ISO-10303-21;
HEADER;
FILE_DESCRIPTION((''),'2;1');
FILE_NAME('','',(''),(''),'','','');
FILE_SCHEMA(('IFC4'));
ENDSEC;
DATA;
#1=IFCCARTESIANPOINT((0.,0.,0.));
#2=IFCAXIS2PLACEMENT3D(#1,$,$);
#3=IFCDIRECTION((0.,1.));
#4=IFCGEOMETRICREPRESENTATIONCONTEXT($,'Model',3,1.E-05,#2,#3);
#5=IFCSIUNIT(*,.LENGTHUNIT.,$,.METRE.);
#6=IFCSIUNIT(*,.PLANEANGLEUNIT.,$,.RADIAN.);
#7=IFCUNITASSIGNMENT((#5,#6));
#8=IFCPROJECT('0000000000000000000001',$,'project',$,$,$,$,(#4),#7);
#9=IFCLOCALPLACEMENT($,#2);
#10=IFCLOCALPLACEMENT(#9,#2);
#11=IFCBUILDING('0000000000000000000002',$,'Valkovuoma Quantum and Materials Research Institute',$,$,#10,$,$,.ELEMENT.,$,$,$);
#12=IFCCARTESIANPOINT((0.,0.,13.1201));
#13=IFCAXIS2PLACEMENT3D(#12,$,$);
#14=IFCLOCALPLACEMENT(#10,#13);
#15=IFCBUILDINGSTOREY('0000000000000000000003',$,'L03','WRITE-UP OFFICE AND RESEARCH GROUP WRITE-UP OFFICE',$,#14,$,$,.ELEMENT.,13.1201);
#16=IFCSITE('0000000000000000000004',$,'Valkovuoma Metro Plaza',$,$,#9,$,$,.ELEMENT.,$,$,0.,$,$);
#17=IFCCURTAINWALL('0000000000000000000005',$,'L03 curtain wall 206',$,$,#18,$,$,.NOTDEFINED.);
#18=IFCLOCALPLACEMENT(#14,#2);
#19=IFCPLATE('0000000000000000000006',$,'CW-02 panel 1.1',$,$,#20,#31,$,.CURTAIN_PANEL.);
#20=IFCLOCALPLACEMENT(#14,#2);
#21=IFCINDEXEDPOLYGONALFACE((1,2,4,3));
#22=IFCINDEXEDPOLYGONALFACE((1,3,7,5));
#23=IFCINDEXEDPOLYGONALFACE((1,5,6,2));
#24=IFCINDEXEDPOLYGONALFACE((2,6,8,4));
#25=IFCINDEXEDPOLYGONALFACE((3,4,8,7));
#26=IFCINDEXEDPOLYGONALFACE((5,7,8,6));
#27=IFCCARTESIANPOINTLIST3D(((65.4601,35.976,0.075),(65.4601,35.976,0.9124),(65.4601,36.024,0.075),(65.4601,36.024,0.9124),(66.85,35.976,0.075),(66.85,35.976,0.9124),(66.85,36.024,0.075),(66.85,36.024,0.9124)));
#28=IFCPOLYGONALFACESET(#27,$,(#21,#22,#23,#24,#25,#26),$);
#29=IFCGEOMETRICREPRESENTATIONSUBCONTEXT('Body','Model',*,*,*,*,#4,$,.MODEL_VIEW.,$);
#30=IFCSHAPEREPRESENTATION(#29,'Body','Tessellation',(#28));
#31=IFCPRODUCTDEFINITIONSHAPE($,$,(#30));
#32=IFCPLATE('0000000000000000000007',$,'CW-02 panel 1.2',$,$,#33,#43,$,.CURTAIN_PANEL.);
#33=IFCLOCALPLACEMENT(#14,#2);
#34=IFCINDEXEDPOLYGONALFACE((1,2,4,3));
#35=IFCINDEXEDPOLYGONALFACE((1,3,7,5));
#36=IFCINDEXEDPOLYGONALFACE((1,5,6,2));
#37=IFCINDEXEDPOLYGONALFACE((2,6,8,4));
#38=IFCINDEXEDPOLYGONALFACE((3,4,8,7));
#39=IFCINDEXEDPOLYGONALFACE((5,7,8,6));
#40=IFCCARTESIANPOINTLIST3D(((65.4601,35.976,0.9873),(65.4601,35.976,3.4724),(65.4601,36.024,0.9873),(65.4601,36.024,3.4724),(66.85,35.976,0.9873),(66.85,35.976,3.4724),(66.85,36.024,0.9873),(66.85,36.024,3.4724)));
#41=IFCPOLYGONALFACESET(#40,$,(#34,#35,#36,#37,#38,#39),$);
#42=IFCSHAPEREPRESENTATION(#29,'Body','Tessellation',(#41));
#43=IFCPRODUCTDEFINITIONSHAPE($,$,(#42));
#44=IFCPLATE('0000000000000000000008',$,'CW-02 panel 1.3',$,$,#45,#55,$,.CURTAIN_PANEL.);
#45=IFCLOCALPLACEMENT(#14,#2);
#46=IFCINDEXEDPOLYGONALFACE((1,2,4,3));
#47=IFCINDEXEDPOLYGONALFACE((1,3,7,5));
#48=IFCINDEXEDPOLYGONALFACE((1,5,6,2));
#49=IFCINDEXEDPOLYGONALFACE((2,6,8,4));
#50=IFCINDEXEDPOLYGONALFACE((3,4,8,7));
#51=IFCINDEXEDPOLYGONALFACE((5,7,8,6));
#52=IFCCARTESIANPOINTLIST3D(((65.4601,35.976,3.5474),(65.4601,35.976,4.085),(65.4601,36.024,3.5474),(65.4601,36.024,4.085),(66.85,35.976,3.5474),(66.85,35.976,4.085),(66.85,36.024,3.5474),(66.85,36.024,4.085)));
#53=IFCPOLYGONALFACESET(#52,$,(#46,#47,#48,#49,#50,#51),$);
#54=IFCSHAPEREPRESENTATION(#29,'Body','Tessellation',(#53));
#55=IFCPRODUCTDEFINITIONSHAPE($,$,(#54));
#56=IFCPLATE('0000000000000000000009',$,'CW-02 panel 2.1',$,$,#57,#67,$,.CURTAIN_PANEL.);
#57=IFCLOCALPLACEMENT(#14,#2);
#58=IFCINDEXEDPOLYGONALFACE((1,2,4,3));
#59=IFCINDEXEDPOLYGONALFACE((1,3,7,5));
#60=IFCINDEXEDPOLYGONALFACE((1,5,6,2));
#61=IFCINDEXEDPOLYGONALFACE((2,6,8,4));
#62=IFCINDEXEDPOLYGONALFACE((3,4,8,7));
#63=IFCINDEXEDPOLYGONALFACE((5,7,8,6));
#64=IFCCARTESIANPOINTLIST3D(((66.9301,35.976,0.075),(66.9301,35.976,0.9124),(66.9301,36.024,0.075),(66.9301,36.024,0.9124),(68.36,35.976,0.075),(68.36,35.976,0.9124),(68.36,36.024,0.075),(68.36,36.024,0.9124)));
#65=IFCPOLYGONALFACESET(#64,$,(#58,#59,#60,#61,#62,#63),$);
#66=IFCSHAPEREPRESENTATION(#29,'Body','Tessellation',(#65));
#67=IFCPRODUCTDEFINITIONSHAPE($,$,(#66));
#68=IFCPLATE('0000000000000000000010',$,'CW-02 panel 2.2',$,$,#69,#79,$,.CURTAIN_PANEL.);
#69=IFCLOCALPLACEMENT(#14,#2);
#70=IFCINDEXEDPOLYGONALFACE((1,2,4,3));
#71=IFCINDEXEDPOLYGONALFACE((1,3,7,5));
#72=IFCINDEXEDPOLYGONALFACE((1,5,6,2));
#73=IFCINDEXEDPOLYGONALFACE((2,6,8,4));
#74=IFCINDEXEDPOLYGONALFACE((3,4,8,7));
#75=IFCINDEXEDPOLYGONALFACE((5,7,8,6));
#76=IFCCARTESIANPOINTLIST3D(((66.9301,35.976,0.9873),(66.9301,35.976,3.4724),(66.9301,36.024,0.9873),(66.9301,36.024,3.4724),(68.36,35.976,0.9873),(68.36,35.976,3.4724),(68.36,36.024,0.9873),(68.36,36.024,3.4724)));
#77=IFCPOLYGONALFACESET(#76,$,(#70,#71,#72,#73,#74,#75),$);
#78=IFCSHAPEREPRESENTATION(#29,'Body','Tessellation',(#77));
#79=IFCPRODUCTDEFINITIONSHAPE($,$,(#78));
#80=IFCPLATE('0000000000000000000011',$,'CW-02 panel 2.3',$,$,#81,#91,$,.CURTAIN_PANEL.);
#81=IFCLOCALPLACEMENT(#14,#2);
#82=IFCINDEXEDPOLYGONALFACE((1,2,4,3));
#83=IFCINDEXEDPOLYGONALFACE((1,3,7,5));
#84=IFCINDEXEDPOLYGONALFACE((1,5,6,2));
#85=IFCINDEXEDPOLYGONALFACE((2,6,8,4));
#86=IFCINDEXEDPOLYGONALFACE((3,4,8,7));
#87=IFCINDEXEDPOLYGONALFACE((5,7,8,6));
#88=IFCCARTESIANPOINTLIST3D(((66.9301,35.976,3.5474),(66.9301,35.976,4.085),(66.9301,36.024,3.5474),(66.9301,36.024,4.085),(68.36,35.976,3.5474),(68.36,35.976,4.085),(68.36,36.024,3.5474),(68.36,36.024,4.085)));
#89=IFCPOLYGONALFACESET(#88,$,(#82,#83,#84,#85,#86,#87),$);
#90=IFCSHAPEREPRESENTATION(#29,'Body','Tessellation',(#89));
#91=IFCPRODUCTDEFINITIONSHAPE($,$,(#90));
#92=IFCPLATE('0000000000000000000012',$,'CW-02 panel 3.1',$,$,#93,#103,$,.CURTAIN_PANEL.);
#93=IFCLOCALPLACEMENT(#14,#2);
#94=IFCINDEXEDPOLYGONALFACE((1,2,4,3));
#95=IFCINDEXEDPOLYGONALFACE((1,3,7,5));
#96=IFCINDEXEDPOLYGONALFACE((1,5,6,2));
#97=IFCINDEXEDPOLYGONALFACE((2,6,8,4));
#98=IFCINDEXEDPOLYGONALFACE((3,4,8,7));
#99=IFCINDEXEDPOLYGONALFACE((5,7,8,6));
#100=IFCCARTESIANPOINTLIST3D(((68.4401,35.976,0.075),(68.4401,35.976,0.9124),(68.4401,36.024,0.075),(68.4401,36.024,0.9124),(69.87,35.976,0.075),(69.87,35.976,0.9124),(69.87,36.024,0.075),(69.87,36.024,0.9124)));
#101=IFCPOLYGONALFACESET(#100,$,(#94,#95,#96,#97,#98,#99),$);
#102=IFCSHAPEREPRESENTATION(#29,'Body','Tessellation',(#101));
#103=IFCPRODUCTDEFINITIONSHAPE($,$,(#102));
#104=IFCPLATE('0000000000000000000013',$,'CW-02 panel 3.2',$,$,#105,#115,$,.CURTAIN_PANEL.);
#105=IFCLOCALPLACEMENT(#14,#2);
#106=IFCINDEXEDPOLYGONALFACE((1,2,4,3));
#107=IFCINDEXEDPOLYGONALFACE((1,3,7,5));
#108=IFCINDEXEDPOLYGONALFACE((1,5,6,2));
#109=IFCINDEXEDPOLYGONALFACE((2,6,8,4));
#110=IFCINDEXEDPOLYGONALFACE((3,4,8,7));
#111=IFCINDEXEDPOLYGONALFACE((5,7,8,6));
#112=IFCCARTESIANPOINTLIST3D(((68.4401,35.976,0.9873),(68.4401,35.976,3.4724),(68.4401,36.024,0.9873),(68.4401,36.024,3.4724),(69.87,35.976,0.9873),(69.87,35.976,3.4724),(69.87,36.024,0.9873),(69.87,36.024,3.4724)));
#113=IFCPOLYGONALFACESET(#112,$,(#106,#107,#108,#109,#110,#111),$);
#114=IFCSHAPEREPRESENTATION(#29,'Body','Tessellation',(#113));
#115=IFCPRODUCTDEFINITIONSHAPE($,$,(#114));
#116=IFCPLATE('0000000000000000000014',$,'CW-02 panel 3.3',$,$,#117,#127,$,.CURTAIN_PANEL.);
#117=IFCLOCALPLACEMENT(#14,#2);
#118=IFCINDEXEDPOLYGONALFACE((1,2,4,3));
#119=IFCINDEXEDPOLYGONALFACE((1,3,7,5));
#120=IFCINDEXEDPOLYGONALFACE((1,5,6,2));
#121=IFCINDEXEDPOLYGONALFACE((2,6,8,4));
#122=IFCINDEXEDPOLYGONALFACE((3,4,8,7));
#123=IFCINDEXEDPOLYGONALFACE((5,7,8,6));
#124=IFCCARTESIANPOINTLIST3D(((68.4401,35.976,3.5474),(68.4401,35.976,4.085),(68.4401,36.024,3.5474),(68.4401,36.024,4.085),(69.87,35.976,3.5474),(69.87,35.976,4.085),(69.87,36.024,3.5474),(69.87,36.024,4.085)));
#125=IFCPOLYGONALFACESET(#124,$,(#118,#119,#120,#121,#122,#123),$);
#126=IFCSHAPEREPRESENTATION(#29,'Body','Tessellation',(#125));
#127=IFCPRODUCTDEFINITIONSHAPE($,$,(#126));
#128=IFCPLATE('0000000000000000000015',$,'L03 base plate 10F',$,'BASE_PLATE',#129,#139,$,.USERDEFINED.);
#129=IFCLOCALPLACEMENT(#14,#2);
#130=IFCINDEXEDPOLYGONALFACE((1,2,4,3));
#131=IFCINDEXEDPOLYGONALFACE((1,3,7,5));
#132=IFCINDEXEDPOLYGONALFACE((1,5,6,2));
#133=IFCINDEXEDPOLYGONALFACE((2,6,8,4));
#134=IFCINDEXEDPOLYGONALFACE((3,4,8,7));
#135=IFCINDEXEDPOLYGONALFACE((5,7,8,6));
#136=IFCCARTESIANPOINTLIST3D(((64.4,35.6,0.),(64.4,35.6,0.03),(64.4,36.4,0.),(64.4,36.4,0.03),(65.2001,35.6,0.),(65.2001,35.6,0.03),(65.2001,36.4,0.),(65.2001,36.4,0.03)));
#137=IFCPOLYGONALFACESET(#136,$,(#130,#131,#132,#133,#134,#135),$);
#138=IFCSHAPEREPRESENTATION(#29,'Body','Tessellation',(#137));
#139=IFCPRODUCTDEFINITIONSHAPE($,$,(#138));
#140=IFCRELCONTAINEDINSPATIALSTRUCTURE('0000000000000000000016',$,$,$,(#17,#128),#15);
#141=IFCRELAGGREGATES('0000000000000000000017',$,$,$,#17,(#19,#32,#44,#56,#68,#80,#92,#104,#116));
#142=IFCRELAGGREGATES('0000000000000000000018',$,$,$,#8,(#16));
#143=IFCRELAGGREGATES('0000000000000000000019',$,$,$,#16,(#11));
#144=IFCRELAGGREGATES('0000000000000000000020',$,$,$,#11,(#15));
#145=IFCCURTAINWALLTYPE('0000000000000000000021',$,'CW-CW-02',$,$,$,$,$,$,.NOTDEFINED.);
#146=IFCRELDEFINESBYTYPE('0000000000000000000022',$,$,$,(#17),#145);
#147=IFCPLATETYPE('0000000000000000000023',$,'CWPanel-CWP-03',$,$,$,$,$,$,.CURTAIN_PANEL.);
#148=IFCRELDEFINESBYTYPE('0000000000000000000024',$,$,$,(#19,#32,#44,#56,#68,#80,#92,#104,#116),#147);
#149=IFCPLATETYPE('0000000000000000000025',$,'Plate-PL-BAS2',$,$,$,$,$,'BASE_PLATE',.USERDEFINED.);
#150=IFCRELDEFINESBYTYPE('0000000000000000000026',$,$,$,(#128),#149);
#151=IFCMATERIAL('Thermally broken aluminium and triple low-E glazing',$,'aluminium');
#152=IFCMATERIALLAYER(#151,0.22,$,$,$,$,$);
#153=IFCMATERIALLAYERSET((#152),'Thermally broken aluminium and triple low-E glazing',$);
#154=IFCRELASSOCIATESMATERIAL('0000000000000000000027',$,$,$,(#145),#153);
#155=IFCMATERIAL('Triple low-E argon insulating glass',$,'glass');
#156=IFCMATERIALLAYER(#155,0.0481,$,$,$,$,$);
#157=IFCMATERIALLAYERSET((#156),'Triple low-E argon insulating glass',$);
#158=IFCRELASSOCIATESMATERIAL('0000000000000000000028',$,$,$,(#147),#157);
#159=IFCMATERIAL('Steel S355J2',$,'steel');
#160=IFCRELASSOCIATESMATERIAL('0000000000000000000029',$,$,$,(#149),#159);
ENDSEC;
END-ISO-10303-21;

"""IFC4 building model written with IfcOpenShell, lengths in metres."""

from ifc_helpers import new_model, si_unit, direction, frame, origin, origin_2d, place, context, subcontext, project, spatial, rectangle, extrude, material, layer, layer_set, type_object, element, aggregate, save


model = new_model("IFC4")

# Units and contexts
model_context = context("Model", 3, precision=1e-05, world=origin(), true_north=direction((0.0, 1.0)))
body_context = subcontext(model_context, "Body", "Model", "MODEL_VIEW")
ifc_project = project(units=[si_unit("LENGTHUNIT", "METRE"), si_unit("PLANEANGLEUNIT", "RADIAN")], contexts=[model_context])

# Site, building, storey
site_placement = place(None, origin())
site = spatial("IfcSite", under=ifc_project, at=site_placement, Name="Valkovuoma Metro Plaza", CompositionType="ELEMENT", RefElevation=0.0)
building_placement = place(site_placement, origin())
building = spatial("IfcBuilding", under=site, at=building_placement, Name="Valkovuoma Quantum and Materials Research Institute", CompositionType="ELEMENT")
storey_placement = place(building_placement, frame((0.0, 0.0, 13.1201)))
storey = spatial("IfcBuildingStorey", under=building, at=storey_placement, Name="L03", Description="WRITE-UP OFFICE AND RESEARCH GROUP WRITE-UP OFFICE", CompositionType="ELEMENT", Elevation=13.1201)

# Shared definitions
ifc_material_1 = material(Name="Thermally broken aluminium and triple low-E glazing", Category="aluminium")
ifc_layer_1 = layer(ifc_material_1, 0.22)
ifc_layer_set_1 = layer_set([ifc_layer_1], Name="Thermally broken aluminium and triple low-E glazing")
curtain_wall_type = type_object("IfcCurtainWallType", Name="CW-CW-02", PredefinedType="NOTDEFINED", material=ifc_layer_set_1)

# Curtain wall
curtain_wall_1_placement = place(storey_placement, origin())
curtain_wall_1 = element("IfcCurtainWall", 1, at=curtain_wall_1_placement, inside=storey, type_object=curtain_wall_type, Name="L03 curtain wall 206", PredefinedType="NOTDEFINED")

# Plates
ifc_material_2 = material(Name="Triple low-E argon insulating glass", Category="glass")
ifc_layer_2 = layer(ifc_material_2, 0.0481)
ifc_layer_set_2 = layer_set([ifc_layer_2], Name="Triple low-E argon insulating glass")
plate_type_1 = type_object("IfcPlateType", Name="CWPanel-CWP-03", PredefinedType="CURTAIN_PANEL", material=ifc_layer_set_2)
plate_1_placement = place(storey_placement, frame((66.155, 36.0, 0.075), z_axis=(0.0, 0.0, 1.0), x_axis=(1.0, 0.0, 0.0)))
plate_1 = element("IfcPlate", 2, at=plate_1_placement, type_object=plate_type_1, Name="CW-02 panel 1.1", PredefinedType="CURTAIN_PANEL", context=body_context, shape_type="SweptSolid", body=[
    extrude(rectangle(XDim=1.3899, YDim=0.0481, at=origin_2d()), origin(), (0.0, 0.0, 1.0), 0.8374),
])
plate_2_placement = place(storey_placement, frame((66.155, 36.0, 0.9873), z_axis=(0.0, 0.0, 1.0), x_axis=(1.0, 0.0, 0.0)))
plate_2 = element("IfcPlate", 3, at=plate_2_placement, type_object=plate_type_1, Name="CW-02 panel 1.2", PredefinedType="CURTAIN_PANEL", context=body_context, shape_type="SweptSolid", body=[
    extrude(rectangle(XDim=1.3899, YDim=0.0481, at=origin_2d()), origin(), (0.0, 0.0, 1.0), 2.4851),
])
plate_3_placement = place(storey_placement, frame((66.155, 36.0, 3.5474), z_axis=(0.0, 0.0, 1.0), x_axis=(1.0, 0.0, 0.0)))
plate_3 = element("IfcPlate", 4, at=plate_3_placement, type_object=plate_type_1, Name="CW-02 panel 1.3", PredefinedType="CURTAIN_PANEL", context=body_context, shape_type="SweptSolid", body=[
    extrude(rectangle(XDim=1.3899, YDim=0.0481, at=origin_2d()), origin(), (0.0, 0.0, 1.0), 0.5376),
])
plate_4_placement = place(storey_placement, frame((67.645, 36.0, 0.075), z_axis=(0.0, 0.0, 1.0), x_axis=(1.0, 0.0, 0.0)))
plate_4 = element("IfcPlate", 5, at=plate_4_placement, type_object=plate_type_1, Name="CW-02 panel 2.1", PredefinedType="CURTAIN_PANEL", context=body_context, shape_type="SweptSolid", body=[
    extrude(rectangle(XDim=1.4299, YDim=0.0481, at=origin_2d()), origin(), (0.0, 0.0, 1.0), 0.8374),
])
plate_5_placement = place(storey_placement, frame((67.645, 36.0, 0.9873), z_axis=(0.0, 0.0, 1.0), x_axis=(1.0, 0.0, 0.0)))
plate_5 = element("IfcPlate", 6, at=plate_5_placement, type_object=plate_type_1, Name="CW-02 panel 2.2", PredefinedType="CURTAIN_PANEL", context=body_context, shape_type="SweptSolid", body=[
    extrude(rectangle(XDim=1.4299, YDim=0.0481, at=origin_2d()), origin(), (0.0, 0.0, 1.0), 2.4851),
])
plate_6_placement = place(storey_placement, frame((67.645, 36.0, 3.5474), z_axis=(0.0, 0.0, 1.0), x_axis=(1.0, 0.0, 0.0)))
plate_6 = element("IfcPlate", 7, at=plate_6_placement, type_object=plate_type_1, Name="CW-02 panel 2.3", PredefinedType="CURTAIN_PANEL", context=body_context, shape_type="SweptSolid", body=[
    extrude(rectangle(XDim=1.4299, YDim=0.0481, at=origin_2d()), origin(), (0.0, 0.0, 1.0), 0.5376),
])
plate_7_placement = place(storey_placement, frame((69.155, 36.0, 0.075), z_axis=(0.0, 0.0, 1.0), x_axis=(1.0, 0.0, 0.0)))
plate_7 = element("IfcPlate", 8, at=plate_7_placement, type_object=plate_type_1, Name="CW-02 panel 3.1", PredefinedType="CURTAIN_PANEL", context=body_context, shape_type="SweptSolid", body=[
    extrude(rectangle(XDim=1.4299, YDim=0.0481, at=origin_2d()), origin(), (0.0, 0.0, 1.0), 0.8374),
])
plate_8_placement = place(storey_placement, frame((69.155, 36.0, 0.9873), z_axis=(0.0, 0.0, 1.0), x_axis=(1.0, 0.0, 0.0)))
plate_8 = element("IfcPlate", 9, at=plate_8_placement, type_object=plate_type_1, Name="CW-02 panel 3.2", PredefinedType="CURTAIN_PANEL", context=body_context, shape_type="SweptSolid", body=[
    extrude(rectangle(XDim=1.4299, YDim=0.0481, at=origin_2d()), origin(), (0.0, 0.0, 1.0), 2.4851),
])
plate_9_placement = place(storey_placement, frame((69.155, 36.0, 3.5474), z_axis=(0.0, 0.0, 1.0), x_axis=(1.0, 0.0, 0.0)))
plate_9 = element("IfcPlate", 10, at=plate_9_placement, type_object=plate_type_1, Name="CW-02 panel 3.3", PredefinedType="CURTAIN_PANEL", context=body_context, shape_type="SweptSolid", body=[
    extrude(rectangle(XDim=1.4299, YDim=0.0481, at=origin_2d()), origin(), (0.0, 0.0, 1.0), 0.5376),
])
aggregate(curtain_wall_1, [plate_1, plate_2, plate_3, plate_4, plate_5, plate_6, plate_7, plate_8, plate_9])
ifc_material_3 = material(Name="Steel S355J2", Category="steel")
plate_type_2 = type_object("IfcPlateType", Name="Plate-PL-BAS2", ElementType="BASE_PLATE", PredefinedType="USERDEFINED", material=ifc_material_3)
plate_10_placement = place(storey_placement, frame((64.8, 36.0, 0.0), z_axis=(0.0, 0.0, 1.0), x_axis=(1.0, 0.0, 0.0)))
element("IfcPlate", 11, at=plate_10_placement, inside=storey, type_object=plate_type_2, Name="L03 base plate 10F", ObjectType="BASE_PLATE", PredefinedType="USERDEFINED", context=body_context, shape_type="SweptSolid", body=[
    extrude(rectangle(XDim=0.8, YDim=0.8, at=origin_2d()), origin(), (0.0, 0.0, 1.0), 0.03),
])

save(model, "model.ifc")
